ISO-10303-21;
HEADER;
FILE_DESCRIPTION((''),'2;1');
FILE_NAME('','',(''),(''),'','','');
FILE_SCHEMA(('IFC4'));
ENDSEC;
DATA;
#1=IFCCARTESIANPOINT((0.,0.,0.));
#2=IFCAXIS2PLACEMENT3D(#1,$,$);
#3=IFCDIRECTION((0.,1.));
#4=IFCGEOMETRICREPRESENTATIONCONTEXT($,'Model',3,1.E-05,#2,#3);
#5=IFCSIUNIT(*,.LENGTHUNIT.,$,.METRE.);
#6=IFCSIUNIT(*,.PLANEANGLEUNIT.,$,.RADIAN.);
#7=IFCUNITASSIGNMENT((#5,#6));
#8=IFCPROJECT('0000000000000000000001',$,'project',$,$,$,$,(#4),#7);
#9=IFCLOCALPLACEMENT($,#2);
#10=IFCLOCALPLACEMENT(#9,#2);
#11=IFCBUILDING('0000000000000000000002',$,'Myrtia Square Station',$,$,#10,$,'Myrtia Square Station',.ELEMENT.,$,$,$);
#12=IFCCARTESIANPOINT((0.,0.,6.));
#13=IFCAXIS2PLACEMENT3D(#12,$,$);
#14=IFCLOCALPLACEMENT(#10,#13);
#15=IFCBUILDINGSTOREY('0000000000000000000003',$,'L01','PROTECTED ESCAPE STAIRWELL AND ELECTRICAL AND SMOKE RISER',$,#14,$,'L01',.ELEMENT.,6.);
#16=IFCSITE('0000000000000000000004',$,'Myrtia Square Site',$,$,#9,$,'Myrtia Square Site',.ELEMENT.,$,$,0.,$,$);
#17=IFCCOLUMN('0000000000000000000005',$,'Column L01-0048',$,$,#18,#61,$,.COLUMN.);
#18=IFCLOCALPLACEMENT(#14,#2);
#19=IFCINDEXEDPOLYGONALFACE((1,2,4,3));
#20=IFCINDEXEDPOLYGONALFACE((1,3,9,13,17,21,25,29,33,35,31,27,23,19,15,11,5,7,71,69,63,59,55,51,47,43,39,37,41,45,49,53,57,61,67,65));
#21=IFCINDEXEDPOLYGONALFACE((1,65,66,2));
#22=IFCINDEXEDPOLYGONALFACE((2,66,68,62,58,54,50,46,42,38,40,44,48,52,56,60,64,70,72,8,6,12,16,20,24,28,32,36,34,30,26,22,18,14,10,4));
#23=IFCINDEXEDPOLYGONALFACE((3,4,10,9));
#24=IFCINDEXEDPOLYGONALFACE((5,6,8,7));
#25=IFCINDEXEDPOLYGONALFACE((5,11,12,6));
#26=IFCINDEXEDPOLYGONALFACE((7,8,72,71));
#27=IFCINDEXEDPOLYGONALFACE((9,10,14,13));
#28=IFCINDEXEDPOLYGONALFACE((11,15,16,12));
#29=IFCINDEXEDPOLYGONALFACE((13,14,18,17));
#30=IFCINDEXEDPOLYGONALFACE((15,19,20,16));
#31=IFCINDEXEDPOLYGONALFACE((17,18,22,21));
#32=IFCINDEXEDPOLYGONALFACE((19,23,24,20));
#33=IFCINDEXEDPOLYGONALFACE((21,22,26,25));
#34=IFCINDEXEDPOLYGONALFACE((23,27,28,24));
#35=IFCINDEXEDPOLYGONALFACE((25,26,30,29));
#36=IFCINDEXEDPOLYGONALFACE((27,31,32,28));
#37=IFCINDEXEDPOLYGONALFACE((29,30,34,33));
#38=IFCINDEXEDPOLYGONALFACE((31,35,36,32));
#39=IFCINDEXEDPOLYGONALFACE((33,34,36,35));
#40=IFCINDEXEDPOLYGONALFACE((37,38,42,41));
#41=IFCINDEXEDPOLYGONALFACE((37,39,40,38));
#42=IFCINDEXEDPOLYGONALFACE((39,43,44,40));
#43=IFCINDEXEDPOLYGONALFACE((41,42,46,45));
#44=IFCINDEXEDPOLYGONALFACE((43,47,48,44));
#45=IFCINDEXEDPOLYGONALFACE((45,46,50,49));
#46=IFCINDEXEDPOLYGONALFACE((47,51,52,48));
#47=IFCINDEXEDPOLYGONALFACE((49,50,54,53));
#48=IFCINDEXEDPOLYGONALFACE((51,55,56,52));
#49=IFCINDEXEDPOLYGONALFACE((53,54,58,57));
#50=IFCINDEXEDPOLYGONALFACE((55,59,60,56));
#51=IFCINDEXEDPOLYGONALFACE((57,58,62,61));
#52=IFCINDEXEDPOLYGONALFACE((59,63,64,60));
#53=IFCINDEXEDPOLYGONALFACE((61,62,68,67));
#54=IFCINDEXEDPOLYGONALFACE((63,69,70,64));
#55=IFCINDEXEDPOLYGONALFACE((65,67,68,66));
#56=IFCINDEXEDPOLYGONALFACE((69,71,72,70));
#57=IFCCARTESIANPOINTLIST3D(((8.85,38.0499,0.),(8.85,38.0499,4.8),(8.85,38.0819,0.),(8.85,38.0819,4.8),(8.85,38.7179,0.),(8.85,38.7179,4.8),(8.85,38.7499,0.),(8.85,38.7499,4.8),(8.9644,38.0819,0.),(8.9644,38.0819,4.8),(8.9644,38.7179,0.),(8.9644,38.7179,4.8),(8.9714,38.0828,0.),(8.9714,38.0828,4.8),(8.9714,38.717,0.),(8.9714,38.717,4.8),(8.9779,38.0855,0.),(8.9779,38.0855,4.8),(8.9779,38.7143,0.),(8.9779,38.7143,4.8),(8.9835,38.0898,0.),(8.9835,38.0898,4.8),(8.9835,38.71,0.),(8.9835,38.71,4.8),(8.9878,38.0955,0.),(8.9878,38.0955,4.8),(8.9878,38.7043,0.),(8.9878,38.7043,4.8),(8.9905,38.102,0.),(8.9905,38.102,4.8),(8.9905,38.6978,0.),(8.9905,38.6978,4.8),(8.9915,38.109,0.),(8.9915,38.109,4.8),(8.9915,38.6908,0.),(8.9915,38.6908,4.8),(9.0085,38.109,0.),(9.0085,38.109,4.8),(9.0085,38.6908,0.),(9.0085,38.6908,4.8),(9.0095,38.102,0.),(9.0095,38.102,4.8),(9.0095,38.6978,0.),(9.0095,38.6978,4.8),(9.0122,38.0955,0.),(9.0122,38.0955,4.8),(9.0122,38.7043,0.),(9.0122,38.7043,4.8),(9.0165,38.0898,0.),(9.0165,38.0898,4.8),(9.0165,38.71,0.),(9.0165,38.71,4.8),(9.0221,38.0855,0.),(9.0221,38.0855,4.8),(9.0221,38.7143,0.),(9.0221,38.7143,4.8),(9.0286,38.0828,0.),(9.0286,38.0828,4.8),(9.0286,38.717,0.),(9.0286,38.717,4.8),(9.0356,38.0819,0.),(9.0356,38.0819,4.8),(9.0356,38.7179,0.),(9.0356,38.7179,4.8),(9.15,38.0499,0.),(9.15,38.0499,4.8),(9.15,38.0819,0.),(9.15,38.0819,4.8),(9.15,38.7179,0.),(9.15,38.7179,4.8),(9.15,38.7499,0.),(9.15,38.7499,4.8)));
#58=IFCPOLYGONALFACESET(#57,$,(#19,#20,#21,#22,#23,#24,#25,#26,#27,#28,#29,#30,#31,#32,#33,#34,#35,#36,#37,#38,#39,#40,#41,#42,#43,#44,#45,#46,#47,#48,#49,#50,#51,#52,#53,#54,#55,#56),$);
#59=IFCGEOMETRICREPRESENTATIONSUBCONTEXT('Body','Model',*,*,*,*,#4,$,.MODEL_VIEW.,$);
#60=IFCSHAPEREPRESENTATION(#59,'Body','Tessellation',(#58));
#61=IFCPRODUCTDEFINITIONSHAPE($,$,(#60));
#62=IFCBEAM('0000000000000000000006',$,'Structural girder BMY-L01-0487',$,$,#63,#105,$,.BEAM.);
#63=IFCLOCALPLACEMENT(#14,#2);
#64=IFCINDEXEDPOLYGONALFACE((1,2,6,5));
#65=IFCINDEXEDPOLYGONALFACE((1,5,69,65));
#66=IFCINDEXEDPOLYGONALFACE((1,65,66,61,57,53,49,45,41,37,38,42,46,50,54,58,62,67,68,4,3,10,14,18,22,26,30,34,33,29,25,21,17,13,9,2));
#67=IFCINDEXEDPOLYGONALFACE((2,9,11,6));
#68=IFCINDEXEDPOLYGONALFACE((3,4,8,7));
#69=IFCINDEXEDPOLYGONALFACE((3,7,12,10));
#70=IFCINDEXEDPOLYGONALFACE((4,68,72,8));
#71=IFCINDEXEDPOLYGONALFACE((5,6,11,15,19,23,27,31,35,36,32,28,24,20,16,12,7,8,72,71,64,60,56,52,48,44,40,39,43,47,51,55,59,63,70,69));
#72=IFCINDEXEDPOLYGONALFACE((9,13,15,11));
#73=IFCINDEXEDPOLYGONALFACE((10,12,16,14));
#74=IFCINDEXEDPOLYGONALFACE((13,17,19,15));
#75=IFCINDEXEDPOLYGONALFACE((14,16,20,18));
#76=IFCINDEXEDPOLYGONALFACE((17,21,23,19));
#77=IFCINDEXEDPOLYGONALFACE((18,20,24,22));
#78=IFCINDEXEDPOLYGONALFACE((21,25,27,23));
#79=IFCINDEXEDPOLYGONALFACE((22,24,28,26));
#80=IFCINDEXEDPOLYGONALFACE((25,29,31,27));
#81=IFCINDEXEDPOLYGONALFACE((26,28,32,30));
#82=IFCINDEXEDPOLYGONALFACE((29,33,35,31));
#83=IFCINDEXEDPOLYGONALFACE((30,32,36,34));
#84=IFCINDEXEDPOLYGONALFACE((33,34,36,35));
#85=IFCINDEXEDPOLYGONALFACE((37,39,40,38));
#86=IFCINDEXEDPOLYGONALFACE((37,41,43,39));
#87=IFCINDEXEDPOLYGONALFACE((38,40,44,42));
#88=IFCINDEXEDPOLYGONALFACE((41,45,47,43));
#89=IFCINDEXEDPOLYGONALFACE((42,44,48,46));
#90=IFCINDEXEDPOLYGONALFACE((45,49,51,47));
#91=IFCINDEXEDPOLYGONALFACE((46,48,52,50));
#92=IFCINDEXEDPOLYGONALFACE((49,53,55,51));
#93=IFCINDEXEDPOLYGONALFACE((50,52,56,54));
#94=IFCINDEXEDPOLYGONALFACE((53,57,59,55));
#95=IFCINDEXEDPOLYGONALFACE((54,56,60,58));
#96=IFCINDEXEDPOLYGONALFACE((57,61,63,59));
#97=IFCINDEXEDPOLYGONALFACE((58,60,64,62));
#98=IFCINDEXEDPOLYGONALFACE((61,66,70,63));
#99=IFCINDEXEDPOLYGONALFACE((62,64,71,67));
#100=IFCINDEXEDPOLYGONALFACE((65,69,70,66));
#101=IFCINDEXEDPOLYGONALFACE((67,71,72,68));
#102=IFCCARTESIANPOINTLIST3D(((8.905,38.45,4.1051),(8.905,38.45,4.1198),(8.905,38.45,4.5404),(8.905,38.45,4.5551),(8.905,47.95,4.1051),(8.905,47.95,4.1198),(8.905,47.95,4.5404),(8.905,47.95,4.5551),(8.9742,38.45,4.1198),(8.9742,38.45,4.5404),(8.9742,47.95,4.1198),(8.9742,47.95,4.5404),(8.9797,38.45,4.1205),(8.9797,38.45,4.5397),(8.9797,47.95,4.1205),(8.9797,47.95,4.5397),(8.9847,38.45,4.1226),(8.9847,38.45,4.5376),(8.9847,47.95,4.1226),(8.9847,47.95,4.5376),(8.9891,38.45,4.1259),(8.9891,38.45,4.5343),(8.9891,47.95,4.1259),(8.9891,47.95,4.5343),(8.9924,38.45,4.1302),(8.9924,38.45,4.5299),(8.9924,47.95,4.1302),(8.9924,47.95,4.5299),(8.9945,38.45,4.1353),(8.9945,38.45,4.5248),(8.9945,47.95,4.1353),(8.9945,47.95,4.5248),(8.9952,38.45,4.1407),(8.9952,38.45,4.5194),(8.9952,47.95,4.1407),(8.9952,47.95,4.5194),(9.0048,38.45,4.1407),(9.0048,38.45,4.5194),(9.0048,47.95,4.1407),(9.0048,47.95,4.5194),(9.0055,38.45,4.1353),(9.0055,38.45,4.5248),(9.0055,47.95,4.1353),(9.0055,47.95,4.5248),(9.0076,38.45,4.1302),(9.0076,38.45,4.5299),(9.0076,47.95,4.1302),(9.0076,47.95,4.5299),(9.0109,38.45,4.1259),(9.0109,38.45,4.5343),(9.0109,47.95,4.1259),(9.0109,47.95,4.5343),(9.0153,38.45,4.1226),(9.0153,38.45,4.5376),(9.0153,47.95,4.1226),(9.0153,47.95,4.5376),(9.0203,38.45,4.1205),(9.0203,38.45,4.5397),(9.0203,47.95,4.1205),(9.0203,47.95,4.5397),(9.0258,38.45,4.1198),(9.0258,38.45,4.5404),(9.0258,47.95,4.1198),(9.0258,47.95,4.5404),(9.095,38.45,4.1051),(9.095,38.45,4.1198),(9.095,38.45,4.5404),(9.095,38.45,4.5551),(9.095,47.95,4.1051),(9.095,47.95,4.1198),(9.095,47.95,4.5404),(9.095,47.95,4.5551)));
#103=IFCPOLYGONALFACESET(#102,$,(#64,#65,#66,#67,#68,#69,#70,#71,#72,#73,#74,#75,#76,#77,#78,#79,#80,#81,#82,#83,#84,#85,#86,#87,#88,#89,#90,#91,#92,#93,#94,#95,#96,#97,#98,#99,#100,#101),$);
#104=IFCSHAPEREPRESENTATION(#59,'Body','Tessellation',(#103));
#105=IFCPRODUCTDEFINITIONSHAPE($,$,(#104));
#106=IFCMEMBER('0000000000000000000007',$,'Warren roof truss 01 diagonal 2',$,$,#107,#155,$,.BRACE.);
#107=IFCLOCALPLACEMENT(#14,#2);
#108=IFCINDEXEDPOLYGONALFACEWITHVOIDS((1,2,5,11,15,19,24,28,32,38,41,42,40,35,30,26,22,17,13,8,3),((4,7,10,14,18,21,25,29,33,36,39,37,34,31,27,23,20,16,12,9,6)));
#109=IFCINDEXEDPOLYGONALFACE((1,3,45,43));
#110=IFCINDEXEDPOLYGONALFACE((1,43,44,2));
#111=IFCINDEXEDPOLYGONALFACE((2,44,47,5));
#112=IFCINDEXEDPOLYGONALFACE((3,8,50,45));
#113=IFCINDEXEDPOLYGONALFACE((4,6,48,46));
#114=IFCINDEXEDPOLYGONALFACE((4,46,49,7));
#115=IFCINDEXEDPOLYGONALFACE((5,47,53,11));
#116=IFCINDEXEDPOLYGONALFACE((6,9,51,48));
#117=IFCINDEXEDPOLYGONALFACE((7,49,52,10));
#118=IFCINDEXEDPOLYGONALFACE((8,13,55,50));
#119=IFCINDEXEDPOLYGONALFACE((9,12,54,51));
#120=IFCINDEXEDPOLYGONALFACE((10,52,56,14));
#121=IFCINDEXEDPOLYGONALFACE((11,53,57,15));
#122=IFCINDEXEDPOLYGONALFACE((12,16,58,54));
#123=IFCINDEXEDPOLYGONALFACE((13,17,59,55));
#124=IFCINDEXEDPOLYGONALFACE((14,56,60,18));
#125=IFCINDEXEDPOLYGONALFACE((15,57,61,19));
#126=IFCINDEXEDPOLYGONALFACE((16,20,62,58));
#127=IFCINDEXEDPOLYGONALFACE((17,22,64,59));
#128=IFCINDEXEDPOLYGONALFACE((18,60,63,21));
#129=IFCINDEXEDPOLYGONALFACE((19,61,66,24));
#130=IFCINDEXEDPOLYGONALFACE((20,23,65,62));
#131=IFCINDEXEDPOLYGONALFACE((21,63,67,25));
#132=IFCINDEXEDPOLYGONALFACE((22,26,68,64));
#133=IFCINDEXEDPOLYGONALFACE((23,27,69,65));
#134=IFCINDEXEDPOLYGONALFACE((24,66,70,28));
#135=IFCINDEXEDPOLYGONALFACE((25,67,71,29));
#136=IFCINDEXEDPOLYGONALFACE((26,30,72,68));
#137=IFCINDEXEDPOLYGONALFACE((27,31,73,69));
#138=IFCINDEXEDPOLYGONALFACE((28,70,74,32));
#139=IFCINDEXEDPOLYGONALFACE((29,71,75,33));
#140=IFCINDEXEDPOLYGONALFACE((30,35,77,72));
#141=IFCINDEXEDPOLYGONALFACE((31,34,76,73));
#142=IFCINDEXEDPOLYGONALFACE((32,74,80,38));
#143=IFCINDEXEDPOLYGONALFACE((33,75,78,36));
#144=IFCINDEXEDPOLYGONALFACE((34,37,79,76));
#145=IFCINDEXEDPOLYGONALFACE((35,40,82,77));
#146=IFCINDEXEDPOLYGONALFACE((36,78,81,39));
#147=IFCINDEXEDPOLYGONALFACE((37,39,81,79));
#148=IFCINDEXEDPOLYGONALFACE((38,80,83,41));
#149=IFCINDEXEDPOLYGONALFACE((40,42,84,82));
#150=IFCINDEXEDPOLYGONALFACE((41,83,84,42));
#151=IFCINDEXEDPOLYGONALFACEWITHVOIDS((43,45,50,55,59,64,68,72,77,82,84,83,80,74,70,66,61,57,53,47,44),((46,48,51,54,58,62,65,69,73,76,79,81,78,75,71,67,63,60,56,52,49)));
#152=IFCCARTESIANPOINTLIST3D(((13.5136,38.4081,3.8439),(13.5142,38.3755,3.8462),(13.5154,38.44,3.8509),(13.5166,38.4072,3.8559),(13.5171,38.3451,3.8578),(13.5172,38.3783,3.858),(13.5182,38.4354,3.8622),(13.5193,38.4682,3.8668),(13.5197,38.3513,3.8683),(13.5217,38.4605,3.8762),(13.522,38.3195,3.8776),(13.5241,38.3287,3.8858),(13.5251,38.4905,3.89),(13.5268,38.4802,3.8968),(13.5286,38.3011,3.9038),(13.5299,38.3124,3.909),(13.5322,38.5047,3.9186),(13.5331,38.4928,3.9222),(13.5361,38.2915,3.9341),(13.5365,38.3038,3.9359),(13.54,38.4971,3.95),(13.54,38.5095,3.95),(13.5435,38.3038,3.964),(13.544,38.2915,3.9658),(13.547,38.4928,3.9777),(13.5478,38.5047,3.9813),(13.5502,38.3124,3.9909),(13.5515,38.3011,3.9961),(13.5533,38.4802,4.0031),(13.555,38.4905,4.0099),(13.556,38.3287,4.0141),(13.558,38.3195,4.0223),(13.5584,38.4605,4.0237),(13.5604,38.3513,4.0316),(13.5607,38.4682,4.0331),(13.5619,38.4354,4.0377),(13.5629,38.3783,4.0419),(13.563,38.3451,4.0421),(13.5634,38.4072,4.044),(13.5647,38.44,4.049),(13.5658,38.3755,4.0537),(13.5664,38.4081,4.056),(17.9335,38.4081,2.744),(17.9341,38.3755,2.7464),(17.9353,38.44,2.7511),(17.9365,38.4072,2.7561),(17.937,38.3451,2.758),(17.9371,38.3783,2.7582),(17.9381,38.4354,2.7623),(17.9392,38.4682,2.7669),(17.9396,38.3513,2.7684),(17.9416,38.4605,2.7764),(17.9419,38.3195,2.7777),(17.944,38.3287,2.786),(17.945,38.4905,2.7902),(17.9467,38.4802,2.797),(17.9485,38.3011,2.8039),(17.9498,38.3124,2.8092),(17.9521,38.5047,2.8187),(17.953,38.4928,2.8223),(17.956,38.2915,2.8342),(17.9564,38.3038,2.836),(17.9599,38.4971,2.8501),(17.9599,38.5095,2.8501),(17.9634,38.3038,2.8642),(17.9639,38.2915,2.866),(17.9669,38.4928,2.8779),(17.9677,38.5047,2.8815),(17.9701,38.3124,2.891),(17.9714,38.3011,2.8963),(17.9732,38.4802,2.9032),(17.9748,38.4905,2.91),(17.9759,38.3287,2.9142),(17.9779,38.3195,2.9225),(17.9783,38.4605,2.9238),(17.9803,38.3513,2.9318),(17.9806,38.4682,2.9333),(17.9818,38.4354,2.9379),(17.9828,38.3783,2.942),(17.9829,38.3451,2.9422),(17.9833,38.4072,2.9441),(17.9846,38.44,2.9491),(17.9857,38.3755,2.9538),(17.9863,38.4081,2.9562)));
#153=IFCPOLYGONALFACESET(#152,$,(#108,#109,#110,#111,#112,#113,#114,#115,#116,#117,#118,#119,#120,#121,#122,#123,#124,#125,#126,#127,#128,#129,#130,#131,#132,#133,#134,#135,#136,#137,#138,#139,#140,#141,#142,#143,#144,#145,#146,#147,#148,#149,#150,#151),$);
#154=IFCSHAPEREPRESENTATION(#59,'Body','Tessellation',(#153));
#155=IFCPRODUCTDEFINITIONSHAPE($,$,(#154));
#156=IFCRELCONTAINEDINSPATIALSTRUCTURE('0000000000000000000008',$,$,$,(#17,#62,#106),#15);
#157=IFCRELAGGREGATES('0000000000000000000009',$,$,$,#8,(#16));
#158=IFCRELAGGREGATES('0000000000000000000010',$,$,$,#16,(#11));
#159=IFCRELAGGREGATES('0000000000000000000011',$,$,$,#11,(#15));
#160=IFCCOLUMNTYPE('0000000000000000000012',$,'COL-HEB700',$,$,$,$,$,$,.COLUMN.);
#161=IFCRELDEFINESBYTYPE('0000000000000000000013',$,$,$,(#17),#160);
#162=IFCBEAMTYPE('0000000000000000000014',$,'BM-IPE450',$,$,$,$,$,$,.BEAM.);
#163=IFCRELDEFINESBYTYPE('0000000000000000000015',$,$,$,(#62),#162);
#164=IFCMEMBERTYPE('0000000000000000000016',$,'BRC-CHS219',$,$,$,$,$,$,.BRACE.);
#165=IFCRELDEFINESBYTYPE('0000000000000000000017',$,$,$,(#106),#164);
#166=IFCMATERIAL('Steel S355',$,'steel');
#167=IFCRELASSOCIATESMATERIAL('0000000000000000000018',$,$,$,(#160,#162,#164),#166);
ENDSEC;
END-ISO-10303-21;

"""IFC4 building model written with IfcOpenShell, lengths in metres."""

from ifc_helpers import new_model, si_unit, direction, frame, origin, origin_2d, place, context, subcontext, project, spatial, hollow_circle, i_section, extrude, material, material_profile, profile_set, type_object, element, save


model = new_model("IFC4")

# Units and contexts
model_context = context("Model", 3, precision=1e-05, world=origin(), true_north=direction((0.0, 1.0)))
body_context = subcontext(model_context, "Body", "Model", "MODEL_VIEW")
ifc_project = project(units=[si_unit("LENGTHUNIT", "METRE"), si_unit("PLANEANGLEUNIT", "RADIAN")], contexts=[model_context])

# Site, building, storey
site_placement = place(None, origin())
site = spatial("IfcSite", under=ifc_project, at=site_placement, Name="Myrtia Square Site", LongName="Myrtia Square Site", CompositionType="ELEMENT", RefElevation=0.0)
building_placement = place(site_placement, origin())
building = spatial("IfcBuilding", under=site, at=building_placement, Name="Myrtia Square Station", LongName="Myrtia Square Station", CompositionType="ELEMENT")
storey_placement = place(building_placement, frame((0.0, 0.0, 6.0)))
storey = spatial("IfcBuildingStorey", under=building, at=storey_placement, Name="L01", Description="PROTECTED ESCAPE STAIRWELL AND ELECTRICAL AND SMOKE RISER", LongName="L01", CompositionType="ELEMENT", Elevation=6.0)

# Column
ifc_material_1 = material(Name="Steel S355", Category="steel")
ifc_material_profile_1 = material_profile(ifc_material_1, i_section(OverallWidth=0.3, OverallDepth=0.7, WebThickness=0.0171, FlangeThickness=0.032, FilletRadius=0.0271, at=origin_2d()), Name="HEB 700")
ifc_profile_set_1 = profile_set([ifc_material_profile_1], Name="Steel S355")
column_type = type_object("IfcColumnType", Name="COL-HEB700", PredefinedType="COLUMN", material=ifc_profile_set_1)
column_placement = place(storey_placement, frame((9.0, 38.3999, 0.0), z_axis=(0.0, 0.0, 1.0), x_axis=(1.0, 0.0, 0.0)))
element("IfcColumn", 1, at=column_placement, inside=storey, type_object=column_type, Name="Column L01-0048", PredefinedType="COLUMN", context=body_context, shape_type="SweptSolid", body=[
    extrude(i_section(OverallWidth=0.3, OverallDepth=0.7, WebThickness=0.0171, FlangeThickness=0.032, FilletRadius=0.0271, at=origin_2d()), origin(), (0.0, 0.0, 1.0), 4.8),
])

# Beam
ifc_material_profile_2 = material_profile(ifc_material_1, i_section(OverallWidth=0.1899, OverallDepth=0.45, WebThickness=0.0095, FlangeThickness=0.0146, FilletRadius=0.021, at=origin_2d()), Name="IPE 450")
ifc_profile_set_2 = profile_set([ifc_material_profile_2], Name="Steel S355")
beam_type_1 = type_object("IfcBeamType", Name="BM-IPE450", PredefinedType="BEAM", material=ifc_profile_set_2)
beam_1_placement = place(storey_placement, frame((9.0, 38.45, 4.3301), z_axis=(0.0, 1.0, 0.0), x_axis=(-1.0, 0.0, 0.0)))
element("IfcBeam", 2, at=beam_1_placement, inside=storey, type_object=beam_type_1, Name="Structural girder BMY-L01-0487", PredefinedType="BEAM", context=body_context, shape_type="SweptSolid", body=[
    extrude(i_section(OverallWidth=0.1899, OverallDepth=0.45, WebThickness=0.0095, FlangeThickness=0.0146, FilletRadius=0.021, at=origin_2d()), origin(), (0.0, 0.0, 1.0), 9.5),
])

# Member
ifc_material_profile_3 = material_profile(ifc_material_1, hollow_circle(Radius=0.1096, WallThickness=0.0125, at=origin_2d()), Name="CHS 219.1x12.5")
ifc_profile_set_3 = profile_set([ifc_material_profile_3], Name="Steel S355")
member_type_1 = type_object("IfcMemberType", Name="BRC-CHS219", PredefinedType="BRACE", material=ifc_profile_set_3)
for number, where, z_axis, x_axis, name in (
    (3, (13.54, 38.3999, 3.95), (0.970407, 0.0, -0.241476), (0.0, 1.0, 0.0), "Warren roof truss 01 diagonal 2"),
):
    element("IfcMember", number, at=place(storey_placement, frame(where, z_axis=z_axis, x_axis=x_axis)), inside=storey, type_object=member_type_1, Name=name, PredefinedType="BRACE", context=body_context, shape_type="SweptSolid", body=[
        extrude(hollow_circle(Radius=0.1096, WallThickness=0.0125, at=origin_2d()), origin(), (0.0, 0.0, 1.0), 4.5547),
    ])

save(model, "model.ifc")
